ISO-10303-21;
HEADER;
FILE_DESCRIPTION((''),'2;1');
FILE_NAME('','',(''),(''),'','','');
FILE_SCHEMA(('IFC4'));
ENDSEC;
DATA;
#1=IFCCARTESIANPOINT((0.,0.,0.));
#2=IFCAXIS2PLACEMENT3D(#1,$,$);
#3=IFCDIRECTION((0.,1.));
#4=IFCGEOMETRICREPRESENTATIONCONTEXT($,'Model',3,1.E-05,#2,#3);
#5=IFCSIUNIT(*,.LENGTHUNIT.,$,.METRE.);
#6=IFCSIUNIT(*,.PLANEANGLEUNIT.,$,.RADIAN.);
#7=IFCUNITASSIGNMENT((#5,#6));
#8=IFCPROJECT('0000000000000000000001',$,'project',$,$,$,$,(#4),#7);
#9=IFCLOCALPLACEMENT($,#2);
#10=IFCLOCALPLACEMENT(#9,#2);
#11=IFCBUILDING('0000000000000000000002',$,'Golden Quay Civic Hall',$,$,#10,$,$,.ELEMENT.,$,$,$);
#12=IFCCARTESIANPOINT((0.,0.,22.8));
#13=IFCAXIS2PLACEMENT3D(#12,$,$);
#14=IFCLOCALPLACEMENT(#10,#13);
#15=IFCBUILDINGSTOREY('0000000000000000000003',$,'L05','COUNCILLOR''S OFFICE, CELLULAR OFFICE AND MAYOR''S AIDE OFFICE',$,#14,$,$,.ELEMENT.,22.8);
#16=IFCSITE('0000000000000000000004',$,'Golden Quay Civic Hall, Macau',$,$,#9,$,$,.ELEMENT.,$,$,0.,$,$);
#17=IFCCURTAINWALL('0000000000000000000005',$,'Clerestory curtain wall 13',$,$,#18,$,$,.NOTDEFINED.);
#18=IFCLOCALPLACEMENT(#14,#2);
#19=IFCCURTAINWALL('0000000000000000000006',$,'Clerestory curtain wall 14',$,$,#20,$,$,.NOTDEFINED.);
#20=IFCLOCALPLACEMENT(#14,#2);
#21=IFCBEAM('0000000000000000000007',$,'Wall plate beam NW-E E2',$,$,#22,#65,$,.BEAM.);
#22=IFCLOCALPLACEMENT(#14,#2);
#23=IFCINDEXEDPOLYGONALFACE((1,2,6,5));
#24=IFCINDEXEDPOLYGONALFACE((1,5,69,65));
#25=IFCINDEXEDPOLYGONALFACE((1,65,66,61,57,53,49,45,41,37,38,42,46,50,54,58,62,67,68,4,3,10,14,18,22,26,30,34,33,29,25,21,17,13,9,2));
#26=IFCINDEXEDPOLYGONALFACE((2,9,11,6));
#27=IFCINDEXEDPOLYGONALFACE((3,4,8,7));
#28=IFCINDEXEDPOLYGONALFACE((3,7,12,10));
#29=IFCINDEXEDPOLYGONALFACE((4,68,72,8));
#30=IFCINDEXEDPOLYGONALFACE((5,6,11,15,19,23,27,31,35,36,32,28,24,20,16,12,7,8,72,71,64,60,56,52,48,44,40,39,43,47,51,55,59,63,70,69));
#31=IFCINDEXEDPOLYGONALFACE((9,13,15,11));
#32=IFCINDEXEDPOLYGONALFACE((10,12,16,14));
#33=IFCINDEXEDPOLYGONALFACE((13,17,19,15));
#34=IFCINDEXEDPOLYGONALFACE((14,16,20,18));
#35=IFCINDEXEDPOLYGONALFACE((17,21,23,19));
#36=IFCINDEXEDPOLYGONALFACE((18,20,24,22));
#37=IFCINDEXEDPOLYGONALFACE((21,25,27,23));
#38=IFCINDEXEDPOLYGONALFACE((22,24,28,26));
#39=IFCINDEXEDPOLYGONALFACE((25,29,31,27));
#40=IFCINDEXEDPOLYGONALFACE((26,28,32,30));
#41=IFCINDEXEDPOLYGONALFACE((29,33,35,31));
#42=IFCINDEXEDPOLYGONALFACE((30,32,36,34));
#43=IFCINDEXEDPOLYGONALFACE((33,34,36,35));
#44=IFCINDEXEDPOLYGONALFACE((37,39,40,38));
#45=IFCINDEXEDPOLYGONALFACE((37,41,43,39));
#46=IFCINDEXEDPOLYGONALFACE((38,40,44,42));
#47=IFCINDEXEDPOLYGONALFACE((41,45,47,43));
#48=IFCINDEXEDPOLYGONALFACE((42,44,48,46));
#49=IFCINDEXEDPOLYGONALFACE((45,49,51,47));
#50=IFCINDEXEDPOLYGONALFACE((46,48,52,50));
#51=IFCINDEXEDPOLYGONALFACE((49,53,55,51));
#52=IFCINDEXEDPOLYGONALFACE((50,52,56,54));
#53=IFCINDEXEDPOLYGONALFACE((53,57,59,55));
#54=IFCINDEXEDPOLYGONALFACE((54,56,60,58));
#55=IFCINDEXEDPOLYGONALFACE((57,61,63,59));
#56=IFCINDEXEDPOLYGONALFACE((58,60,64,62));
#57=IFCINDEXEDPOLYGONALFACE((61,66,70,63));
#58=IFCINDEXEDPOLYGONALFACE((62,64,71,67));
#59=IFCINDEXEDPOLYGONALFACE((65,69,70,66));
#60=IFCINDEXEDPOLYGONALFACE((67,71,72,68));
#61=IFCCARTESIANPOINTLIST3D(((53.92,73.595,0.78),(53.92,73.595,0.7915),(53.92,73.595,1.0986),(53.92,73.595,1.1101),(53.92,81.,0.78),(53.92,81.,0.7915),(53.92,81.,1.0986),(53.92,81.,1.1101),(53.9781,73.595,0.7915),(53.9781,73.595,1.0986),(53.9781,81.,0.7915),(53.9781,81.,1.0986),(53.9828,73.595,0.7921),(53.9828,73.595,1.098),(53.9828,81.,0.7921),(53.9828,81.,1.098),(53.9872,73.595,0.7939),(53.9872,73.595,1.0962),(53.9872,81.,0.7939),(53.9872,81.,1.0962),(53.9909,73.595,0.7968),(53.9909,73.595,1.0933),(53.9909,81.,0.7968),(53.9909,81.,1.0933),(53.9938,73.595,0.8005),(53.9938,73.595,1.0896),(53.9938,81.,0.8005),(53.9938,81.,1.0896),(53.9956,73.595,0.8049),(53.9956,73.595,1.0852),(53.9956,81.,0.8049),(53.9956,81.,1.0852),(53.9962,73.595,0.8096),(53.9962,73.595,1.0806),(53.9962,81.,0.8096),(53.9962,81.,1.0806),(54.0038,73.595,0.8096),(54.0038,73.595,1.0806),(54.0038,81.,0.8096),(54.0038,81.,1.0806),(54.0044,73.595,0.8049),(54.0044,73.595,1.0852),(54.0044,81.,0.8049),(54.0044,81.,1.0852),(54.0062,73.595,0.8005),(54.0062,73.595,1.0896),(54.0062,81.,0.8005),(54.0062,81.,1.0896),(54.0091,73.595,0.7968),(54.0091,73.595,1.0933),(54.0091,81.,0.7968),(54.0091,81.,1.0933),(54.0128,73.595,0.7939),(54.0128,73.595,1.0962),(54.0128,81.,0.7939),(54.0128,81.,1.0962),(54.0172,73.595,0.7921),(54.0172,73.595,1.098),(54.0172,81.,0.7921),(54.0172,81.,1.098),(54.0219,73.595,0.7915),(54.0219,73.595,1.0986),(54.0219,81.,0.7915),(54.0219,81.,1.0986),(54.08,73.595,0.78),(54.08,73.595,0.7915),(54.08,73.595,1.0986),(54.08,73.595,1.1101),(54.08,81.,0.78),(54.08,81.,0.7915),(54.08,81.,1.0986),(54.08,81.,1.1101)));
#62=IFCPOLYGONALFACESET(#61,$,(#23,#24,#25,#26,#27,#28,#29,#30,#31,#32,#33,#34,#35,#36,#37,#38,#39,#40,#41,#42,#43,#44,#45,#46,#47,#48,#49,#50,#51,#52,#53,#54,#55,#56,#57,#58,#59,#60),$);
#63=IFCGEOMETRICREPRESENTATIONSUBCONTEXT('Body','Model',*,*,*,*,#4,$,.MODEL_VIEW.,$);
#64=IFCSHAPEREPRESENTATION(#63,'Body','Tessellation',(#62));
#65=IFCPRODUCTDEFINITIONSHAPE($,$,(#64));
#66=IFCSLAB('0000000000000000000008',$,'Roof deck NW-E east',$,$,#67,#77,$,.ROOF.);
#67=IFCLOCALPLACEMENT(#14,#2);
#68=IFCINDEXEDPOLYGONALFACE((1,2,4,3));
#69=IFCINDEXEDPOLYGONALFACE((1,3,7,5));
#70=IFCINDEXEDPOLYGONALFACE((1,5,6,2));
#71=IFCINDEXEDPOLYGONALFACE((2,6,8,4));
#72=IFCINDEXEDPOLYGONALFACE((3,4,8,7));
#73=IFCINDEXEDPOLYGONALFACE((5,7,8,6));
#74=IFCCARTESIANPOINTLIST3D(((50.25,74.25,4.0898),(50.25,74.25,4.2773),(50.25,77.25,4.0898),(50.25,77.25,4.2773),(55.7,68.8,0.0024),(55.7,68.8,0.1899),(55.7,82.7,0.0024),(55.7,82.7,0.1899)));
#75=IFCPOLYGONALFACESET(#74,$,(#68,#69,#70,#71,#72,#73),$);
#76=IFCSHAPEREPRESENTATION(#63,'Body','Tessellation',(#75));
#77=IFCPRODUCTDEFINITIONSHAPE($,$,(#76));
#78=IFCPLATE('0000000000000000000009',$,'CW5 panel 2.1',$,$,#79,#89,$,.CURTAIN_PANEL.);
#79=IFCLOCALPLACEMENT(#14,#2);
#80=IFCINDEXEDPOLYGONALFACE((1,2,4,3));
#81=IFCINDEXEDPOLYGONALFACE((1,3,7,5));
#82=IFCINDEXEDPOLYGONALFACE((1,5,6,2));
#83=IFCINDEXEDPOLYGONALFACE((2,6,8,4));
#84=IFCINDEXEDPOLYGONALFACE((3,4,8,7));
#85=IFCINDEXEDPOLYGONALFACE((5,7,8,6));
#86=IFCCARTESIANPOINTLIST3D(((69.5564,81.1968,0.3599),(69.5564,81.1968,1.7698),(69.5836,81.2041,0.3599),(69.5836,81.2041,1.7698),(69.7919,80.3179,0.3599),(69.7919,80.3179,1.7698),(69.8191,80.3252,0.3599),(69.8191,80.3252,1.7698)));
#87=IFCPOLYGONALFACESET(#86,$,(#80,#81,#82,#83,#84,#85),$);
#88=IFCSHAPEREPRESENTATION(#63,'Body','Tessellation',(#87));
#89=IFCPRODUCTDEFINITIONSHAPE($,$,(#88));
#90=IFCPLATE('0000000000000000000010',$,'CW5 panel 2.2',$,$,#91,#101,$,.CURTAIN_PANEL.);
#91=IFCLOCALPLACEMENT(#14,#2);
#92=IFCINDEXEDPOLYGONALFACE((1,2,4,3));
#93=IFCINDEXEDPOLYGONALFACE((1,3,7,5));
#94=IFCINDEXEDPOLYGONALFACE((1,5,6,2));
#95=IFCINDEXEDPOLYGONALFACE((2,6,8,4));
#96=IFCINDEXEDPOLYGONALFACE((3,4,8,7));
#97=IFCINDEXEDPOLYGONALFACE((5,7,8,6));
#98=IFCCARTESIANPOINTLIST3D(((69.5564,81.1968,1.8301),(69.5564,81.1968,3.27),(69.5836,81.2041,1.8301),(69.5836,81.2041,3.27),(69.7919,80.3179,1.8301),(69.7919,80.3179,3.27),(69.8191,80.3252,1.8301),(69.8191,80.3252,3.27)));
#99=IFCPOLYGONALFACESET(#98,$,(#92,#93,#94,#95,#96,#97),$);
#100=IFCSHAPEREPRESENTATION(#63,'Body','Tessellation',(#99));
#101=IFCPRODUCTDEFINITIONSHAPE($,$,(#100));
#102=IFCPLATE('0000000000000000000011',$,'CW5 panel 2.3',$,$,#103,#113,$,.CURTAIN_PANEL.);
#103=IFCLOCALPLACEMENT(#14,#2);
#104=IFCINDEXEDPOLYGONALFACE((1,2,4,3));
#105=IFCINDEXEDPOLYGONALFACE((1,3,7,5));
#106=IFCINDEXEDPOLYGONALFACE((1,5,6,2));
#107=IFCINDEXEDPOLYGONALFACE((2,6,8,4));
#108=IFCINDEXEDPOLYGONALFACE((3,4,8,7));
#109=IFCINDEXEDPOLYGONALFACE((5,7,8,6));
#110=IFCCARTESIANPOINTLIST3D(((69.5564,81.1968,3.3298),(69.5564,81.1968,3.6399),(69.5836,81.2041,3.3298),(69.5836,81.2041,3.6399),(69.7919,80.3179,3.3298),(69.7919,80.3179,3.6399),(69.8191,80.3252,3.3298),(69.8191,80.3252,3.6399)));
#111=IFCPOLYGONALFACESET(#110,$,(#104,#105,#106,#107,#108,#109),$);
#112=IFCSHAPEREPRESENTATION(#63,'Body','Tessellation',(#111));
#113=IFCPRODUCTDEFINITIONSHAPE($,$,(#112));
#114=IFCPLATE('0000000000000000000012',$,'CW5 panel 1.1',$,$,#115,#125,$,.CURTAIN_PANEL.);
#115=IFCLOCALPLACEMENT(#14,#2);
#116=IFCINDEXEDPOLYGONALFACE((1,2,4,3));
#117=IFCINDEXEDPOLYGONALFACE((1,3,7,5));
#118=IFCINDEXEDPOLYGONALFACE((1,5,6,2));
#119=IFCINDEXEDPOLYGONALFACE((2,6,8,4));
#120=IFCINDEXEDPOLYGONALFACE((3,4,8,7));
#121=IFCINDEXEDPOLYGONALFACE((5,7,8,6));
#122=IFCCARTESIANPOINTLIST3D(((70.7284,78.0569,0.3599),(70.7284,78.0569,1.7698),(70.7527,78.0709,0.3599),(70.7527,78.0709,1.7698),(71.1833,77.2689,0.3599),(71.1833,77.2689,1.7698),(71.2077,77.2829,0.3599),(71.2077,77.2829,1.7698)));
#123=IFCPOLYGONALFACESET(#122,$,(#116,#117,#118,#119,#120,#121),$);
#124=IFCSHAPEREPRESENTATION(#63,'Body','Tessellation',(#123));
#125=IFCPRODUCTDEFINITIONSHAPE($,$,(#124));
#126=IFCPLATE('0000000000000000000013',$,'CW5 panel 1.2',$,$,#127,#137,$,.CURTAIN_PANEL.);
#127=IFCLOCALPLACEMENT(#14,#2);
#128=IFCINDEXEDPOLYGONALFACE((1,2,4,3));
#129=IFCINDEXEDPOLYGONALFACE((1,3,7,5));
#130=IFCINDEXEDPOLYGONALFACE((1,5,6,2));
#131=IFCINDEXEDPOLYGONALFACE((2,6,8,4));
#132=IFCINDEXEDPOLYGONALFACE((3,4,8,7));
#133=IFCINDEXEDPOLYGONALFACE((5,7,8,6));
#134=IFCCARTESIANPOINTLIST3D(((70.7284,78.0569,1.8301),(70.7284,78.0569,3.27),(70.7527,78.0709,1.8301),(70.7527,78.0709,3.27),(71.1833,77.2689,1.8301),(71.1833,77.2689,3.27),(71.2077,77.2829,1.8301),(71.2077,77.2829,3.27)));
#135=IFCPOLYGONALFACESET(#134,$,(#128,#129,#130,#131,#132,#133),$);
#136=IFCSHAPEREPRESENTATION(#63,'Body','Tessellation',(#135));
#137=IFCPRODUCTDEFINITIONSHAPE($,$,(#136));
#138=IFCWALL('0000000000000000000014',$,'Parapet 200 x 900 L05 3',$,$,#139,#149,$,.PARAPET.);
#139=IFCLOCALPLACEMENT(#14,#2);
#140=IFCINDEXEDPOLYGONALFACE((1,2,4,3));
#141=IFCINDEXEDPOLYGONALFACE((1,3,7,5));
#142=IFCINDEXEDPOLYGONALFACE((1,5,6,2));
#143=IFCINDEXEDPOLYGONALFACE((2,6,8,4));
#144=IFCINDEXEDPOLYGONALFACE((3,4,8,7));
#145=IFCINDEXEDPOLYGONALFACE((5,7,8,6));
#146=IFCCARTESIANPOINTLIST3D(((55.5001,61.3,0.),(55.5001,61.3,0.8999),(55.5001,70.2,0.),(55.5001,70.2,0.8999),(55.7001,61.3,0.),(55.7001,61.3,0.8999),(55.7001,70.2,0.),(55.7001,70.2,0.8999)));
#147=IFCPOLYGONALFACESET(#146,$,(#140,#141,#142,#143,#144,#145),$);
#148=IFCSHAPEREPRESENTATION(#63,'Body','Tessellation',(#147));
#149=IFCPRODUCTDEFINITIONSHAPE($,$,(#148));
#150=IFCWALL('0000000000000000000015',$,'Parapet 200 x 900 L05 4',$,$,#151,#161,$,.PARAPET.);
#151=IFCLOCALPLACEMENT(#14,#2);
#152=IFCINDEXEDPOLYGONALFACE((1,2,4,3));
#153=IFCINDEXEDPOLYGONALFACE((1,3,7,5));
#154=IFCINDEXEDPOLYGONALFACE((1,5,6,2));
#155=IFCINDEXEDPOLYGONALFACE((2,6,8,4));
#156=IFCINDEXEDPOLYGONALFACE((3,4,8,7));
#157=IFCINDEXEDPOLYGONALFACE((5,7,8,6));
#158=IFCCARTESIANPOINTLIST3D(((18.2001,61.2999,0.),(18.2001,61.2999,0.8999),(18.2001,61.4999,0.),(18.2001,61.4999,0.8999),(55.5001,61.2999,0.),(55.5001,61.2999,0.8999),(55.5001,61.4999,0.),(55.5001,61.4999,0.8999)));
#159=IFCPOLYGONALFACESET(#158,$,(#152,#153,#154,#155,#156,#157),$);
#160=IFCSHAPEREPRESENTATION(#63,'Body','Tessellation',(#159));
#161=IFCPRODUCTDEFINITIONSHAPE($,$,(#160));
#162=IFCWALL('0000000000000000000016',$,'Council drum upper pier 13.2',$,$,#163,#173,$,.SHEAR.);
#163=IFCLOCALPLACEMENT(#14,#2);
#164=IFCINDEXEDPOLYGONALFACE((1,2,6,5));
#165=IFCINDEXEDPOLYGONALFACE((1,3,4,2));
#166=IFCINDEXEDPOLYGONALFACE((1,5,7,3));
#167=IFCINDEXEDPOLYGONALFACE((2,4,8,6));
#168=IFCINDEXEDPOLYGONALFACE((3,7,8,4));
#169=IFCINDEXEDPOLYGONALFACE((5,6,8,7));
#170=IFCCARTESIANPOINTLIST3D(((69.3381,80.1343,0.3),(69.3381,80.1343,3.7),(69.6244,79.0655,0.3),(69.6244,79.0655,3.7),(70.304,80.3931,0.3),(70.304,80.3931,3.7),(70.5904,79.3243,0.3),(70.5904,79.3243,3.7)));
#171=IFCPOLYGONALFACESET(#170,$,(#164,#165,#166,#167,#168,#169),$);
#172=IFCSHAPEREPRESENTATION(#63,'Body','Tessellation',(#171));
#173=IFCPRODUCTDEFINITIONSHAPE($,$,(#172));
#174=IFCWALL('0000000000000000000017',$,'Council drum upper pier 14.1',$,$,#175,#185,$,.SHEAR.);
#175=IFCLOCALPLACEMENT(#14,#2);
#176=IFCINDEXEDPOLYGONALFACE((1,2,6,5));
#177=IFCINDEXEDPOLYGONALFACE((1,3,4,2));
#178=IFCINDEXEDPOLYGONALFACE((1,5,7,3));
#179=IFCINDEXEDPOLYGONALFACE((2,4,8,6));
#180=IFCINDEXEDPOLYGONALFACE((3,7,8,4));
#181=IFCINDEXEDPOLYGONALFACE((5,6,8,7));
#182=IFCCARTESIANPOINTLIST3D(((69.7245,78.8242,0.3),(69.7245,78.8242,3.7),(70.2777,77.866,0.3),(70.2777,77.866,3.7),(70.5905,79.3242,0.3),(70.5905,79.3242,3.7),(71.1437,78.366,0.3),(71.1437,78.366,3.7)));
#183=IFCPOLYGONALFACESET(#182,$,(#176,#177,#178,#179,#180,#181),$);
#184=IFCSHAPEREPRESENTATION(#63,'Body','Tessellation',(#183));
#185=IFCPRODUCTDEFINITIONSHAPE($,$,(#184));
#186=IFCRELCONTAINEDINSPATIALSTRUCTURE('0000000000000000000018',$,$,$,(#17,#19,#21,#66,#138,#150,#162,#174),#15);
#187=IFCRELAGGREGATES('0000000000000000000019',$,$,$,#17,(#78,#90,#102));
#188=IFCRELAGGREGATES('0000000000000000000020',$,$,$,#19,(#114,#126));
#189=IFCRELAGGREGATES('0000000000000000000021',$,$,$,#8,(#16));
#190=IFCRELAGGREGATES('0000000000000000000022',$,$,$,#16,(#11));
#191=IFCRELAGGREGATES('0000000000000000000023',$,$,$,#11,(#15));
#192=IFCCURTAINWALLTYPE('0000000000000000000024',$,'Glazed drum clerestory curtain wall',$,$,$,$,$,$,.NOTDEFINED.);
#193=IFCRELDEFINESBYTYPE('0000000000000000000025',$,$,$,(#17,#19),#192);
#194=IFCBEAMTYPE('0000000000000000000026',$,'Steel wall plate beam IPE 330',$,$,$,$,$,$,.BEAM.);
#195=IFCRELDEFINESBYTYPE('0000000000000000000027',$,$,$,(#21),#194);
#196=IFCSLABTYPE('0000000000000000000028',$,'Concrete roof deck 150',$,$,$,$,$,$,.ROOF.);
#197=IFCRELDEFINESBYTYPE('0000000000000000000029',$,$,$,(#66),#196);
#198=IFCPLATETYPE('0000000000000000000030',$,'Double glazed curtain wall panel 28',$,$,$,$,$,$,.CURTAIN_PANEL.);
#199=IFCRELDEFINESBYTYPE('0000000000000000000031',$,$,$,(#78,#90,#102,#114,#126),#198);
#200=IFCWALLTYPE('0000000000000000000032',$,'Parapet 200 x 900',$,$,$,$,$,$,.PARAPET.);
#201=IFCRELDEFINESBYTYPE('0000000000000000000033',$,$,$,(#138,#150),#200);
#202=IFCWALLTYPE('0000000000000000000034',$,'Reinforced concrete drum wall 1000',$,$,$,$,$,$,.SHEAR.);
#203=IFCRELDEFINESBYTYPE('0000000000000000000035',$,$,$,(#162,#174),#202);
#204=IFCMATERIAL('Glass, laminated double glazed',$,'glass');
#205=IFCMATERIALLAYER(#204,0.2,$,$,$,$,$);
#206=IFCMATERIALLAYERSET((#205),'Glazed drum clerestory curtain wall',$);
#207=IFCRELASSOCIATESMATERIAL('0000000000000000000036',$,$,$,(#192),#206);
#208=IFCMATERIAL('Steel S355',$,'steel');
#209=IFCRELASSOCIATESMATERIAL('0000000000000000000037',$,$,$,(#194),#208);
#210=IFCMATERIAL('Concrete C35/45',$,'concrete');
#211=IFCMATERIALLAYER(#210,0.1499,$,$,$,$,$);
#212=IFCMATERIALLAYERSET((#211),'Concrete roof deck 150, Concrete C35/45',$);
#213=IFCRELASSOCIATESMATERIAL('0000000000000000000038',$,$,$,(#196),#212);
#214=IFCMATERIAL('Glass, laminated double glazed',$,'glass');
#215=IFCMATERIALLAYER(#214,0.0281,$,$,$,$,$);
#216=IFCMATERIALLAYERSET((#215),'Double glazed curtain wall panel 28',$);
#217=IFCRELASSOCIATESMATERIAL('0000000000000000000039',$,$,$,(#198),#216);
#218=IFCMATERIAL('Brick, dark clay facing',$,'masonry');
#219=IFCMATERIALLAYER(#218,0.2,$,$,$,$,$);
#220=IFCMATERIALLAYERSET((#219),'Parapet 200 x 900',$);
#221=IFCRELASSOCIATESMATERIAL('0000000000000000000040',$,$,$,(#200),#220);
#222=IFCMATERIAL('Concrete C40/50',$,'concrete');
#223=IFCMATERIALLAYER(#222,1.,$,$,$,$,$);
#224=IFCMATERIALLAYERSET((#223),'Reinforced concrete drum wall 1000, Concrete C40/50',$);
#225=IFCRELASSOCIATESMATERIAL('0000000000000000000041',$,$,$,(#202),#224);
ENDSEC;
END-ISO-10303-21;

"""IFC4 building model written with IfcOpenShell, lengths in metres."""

from ifc_helpers import new_model, si_unit, direction, frame, frame_2d, origin, origin_2d, place, context, subcontext, project, spatial, polyline, rectangle, i_section, outline, extrude, material, layer, layer_set, material_profile, profile_set, type_object, element, aggregate, save


model = new_model("IFC4")

# Units and contexts
model_context = context("Model", 3, precision=1e-05, world=origin(), true_north=direction((0.0, 1.0)))
body_context = subcontext(model_context, "Body", "Model", "MODEL_VIEW")
ifc_project = project(units=[si_unit("LENGTHUNIT", "METRE"), si_unit("PLANEANGLEUNIT", "RADIAN")], contexts=[model_context])

# Site, building, storey
site_placement = place(None, origin())
site = spatial("IfcSite", under=ifc_project, at=site_placement, Name="Golden Quay Civic Hall, Macau", CompositionType="ELEMENT", RefElevation=0.0)
building_placement = place(site_placement, origin())
building = spatial("IfcBuilding", under=site, at=building_placement, Name="Golden Quay Civic Hall", CompositionType="ELEMENT")
storey_placement = place(building_placement, frame((0.0, 0.0, 22.8)))
storey = spatial("IfcBuildingStorey", under=building, at=storey_placement, Name="L05", Description="COUNCILLOR'S OFFICE, CELLULAR OFFICE AND MAYOR'S AIDE OFFICE", CompositionType="ELEMENT", Elevation=22.8)

# Curtain wall
ifc_material_1 = material(Name="Glass, laminated double glazed", Category="glass")
ifc_layer_1 = layer(ifc_material_1, 0.2)
ifc_layer_set_1 = layer_set([ifc_layer_1], Name="Glazed drum clerestory curtain wall")
curtain_wall_type = type_object("IfcCurtainWallType", Name="Glazed drum clerestory curtain wall", PredefinedType="NOTDEFINED", material=ifc_layer_set_1)
curtain_wall_1_placement = place(storey_placement, origin())
curtain_wall_1 = element("IfcCurtainWall", 1, at=curtain_wall_1_placement, inside=storey, type_object=curtain_wall_type, Name="Clerestory curtain wall 13", PredefinedType="NOTDEFINED")

# Curtain wall
curtain_wall_2_placement = place(storey_placement, origin())
curtain_wall_2 = element("IfcCurtainWall", 2, at=curtain_wall_2_placement, inside=storey, type_object=curtain_wall_type, Name="Clerestory curtain wall 14", PredefinedType="NOTDEFINED")

# Beam
ifc_material_2 = material(Name="Steel S355", Category="steel")
ifc_material_profile_1 = material_profile(ifc_material_2, i_section(OverallWidth=0.1599, OverallDepth=0.3301, WebThickness=0.0076, FlangeThickness=0.0115, FilletRadius=0.0181, at=origin_2d()), Name="IPE 330")
ifc_profile_set_1 = profile_set([ifc_material_profile_1], Name="Steel S355")
beam_type_1 = type_object("IfcBeamType", Name="Steel wall plate beam IPE 330", PredefinedType="BEAM", material=ifc_profile_set_1)
beam_1_placement = place(storey_placement, frame((54.0, 73.595, 0.9451), z_axis=(0.0, 1.0, 0.0), x_axis=(-1.0, 0.0, 0.0)))
element("IfcBeam", 3, at=beam_1_placement, inside=storey, type_object=beam_type_1, Name="Wall plate beam NW-E E2", PredefinedType="BEAM", context=body_context, shape_type="SweptSolid", body=[
    extrude(i_section(OverallWidth=0.1599, OverallDepth=0.3301, WebThickness=0.0076, FlangeThickness=0.0115, FilletRadius=0.0181, at=origin_2d()), origin(), (0.0, 0.0, 1.0), 7.405),
])

# Slab
ifc_material_3 = material(Name="Concrete C35/45", Category="concrete")
ifc_layer_2 = layer(ifc_material_3, 0.1499)
ifc_layer_set_2 = layer_set([ifc_layer_2], Name="Concrete roof deck 150, Concrete C35/45")
slab_type = type_object("IfcSlabType", Name="Concrete roof deck 150", PredefinedType="ROOF", material=ifc_layer_set_2)
slab_placement = place(storey_placement, frame((55.7, 68.8, 0.1899), z_axis=(0.599994, 0.0, 0.800004), x_axis=(0.0, 1.0, 0.0)))
element("IfcSlab", 4, at=slab_placement, inside=storey, type_object=slab_type, Name="Roof deck NW-E east", PredefinedType="ROOF", context=body_context, shape_type="SweptSolid", body=[
    extrude(outline(polyline([(0.0, 0.0), (13.8999, 0.0), (8.45, 6.8124), (5.45, 6.8124), (0.0, 0.0)])), origin(), (0.0, -0.599994, -0.800004), 0.1875),
])

# Plates
ifc_material_4 = material(Name="Glass, laminated double glazed", Category="glass")
ifc_layer_3 = layer(ifc_material_4, 0.0281)
ifc_layer_set_3 = layer_set([ifc_layer_3], Name="Double glazed curtain wall panel 28")
plate_type = type_object("IfcPlateType", Name="Double glazed curtain wall panel 28", PredefinedType="CURTAIN_PANEL", material=ifc_layer_set_3)
plate_1_placement = place(storey_placement, frame((69.6877, 80.761, 0.3599), z_axis=(0.0, 0.0, 1.0), x_axis=(0.258808, -0.965929, 0.0)))
plate_1 = element("IfcPlate", 5, at=plate_1_placement, type_object=plate_type, Name="CW5 panel 2.1", PredefinedType="CURTAIN_PANEL", context=body_context, shape_type="SweptSolid", body=[
    extrude(rectangle(XDim=0.9099, YDim=0.0281, at=origin_2d()), origin(), (0.0, 0.0, 1.0), 1.4099),
])
plate_2_placement = place(storey_placement, frame((69.6877, 80.761, 1.8301), z_axis=(0.0, 0.0, 1.0), x_axis=(0.258808, -0.965929, 0.0)))
plate_2 = element("IfcPlate", 6, at=plate_2_placement, type_object=plate_type, Name="CW5 panel 2.2", PredefinedType="CURTAIN_PANEL", context=body_context, shape_type="SweptSolid", body=[
    extrude(rectangle(XDim=0.9099, YDim=0.0281, at=origin_2d()), origin(), (0.0, 0.0, 1.0), 1.4399),
])
plate_3_placement = place(storey_placement, frame((69.6877, 80.761, 3.3298), z_axis=(0.0, 0.0, 1.0), x_axis=(0.258808, -0.965929, 0.0)))
plate_3 = element("IfcPlate", 7, at=plate_3_placement, type_object=plate_type, Name="CW5 panel 2.3", PredefinedType="CURTAIN_PANEL", context=body_context, shape_type="SweptSolid", body=[
    extrude(rectangle(XDim=0.9099, YDim=0.0281, at=origin_2d()), origin(), (0.0, 0.0, 1.0), 0.3101),
])
aggregate(curtain_wall_1, [plate_1, plate_2, plate_3])
plate_4_placement = place(storey_placement, frame((70.968, 77.6699, 0.3599), z_axis=(0.0, 0.0, 1.0), x_axis=(0.500011, -0.866019, 0.0)))
plate_4 = element("IfcPlate", 8, at=plate_4_placement, type_object=plate_type, Name="CW5 panel 1.1", PredefinedType="CURTAIN_PANEL", context=body_context, shape_type="SweptSolid", body=[
    extrude(rectangle(XDim=0.9099, YDim=0.0281, at=origin_2d()), origin(), (0.0, 0.0, 1.0), 1.4099),
])
plate_5_placement = place(storey_placement, frame((70.968, 77.6699, 1.8301), z_axis=(0.0, 0.0, 1.0), x_axis=(0.500011, -0.866019, 0.0)))
plate_5 = element("IfcPlate", 9, at=plate_5_placement, type_object=plate_type, Name="CW5 panel 1.2", PredefinedType="CURTAIN_PANEL", context=body_context, shape_type="SweptSolid", body=[
    extrude(rectangle(XDim=0.9099, YDim=0.0281, at=origin_2d()), origin(), (0.0, 0.0, 1.0), 1.4399),
])
aggregate(curtain_wall_2, [plate_4, plate_5])

# Walls
ifc_material_5 = material(Name="Brick, dark clay facing", Category="masonry")
ifc_layer_4 = layer(ifc_material_5, 0.2)
ifc_layer_set_4 = layer_set([ifc_layer_4], Name="Parapet 200 x 900")
wall_type_1 = type_object("IfcWallType", Name="Parapet 200 x 900", PredefinedType="PARAPET", material=ifc_layer_set_4)
wall_1_placement = place(storey_placement, frame((55.6001, 70.2, 0.0), z_axis=(0.0, 0.0, 1.0), x_axis=(0.0, -1.0, 0.0)))
element("IfcWall", 10, at=wall_1_placement, inside=storey, type_object=wall_type_1, Name="Parapet 200 x 900 L05 3", PredefinedType="PARAPET", context=body_context, shape_type="SweptSolid", body=[
    extrude(rectangle(XDim=8.8999, YDim=0.2, at=frame_2d((4.45, 0.0))), origin(), (0.0, 0.0, 1.0), 0.8999),
])
wall_2_placement = place(storey_placement, frame((55.5, 61.3999, 0.0), z_axis=(0.0, 0.0, 1.0), x_axis=(-1.0, 0.0, 0.0)))
element("IfcWall", 11, at=wall_2_placement, inside=storey, type_object=wall_type_1, Name="Parapet 200 x 900 L05 4", PredefinedType="PARAPET", context=body_context, shape_type="SweptSolid", body=[
    extrude(rectangle(XDim=37.3, YDim=0.2, at=frame_2d((18.6499, 0.0))), origin(), (0.0, 0.0, 1.0), 0.8999),
])
ifc_material_6 = material(Name="Concrete C40/50", Category="concrete")
ifc_layer_5 = layer(ifc_material_6, 1.0)
ifc_layer_set_5 = layer_set([ifc_layer_5], Name="Reinforced concrete drum wall 1000, Concrete C40/50")
wall_type_2 = type_object("IfcWallType", Name="Reinforced concrete drum wall 1000", PredefinedType="SHEAR", material=ifc_layer_set_5)
for number, where, z_axis, x_axis, name in (
    (12, (69.821, 80.2637, 0.3), (0.0, 0.0, 1.0), (0.258802, -0.96593, 0.0), "Council drum upper pier 13.2"),
    (13, (70.1575, 79.0742, 0.3), (0.0, 0.0, 1.0), (0.499983, -0.866035, 0.0), "Council drum upper pier 14.1"),
):
    element("IfcWall", number, at=place(storey_placement, frame(where, z_axis=z_axis, x_axis=x_axis)), inside=storey, type_object=wall_type_2, Name=name, PredefinedType="SHEAR", context=body_context, shape_type="SweptSolid", body=[
        extrude(rectangle(XDim=1.1064, YDim=1.0, at=frame_2d((0.5532, 0.0))), origin(), (0.0, 0.0, 1.0), 3.3999),
    ])

save(model, "model.ifc")
